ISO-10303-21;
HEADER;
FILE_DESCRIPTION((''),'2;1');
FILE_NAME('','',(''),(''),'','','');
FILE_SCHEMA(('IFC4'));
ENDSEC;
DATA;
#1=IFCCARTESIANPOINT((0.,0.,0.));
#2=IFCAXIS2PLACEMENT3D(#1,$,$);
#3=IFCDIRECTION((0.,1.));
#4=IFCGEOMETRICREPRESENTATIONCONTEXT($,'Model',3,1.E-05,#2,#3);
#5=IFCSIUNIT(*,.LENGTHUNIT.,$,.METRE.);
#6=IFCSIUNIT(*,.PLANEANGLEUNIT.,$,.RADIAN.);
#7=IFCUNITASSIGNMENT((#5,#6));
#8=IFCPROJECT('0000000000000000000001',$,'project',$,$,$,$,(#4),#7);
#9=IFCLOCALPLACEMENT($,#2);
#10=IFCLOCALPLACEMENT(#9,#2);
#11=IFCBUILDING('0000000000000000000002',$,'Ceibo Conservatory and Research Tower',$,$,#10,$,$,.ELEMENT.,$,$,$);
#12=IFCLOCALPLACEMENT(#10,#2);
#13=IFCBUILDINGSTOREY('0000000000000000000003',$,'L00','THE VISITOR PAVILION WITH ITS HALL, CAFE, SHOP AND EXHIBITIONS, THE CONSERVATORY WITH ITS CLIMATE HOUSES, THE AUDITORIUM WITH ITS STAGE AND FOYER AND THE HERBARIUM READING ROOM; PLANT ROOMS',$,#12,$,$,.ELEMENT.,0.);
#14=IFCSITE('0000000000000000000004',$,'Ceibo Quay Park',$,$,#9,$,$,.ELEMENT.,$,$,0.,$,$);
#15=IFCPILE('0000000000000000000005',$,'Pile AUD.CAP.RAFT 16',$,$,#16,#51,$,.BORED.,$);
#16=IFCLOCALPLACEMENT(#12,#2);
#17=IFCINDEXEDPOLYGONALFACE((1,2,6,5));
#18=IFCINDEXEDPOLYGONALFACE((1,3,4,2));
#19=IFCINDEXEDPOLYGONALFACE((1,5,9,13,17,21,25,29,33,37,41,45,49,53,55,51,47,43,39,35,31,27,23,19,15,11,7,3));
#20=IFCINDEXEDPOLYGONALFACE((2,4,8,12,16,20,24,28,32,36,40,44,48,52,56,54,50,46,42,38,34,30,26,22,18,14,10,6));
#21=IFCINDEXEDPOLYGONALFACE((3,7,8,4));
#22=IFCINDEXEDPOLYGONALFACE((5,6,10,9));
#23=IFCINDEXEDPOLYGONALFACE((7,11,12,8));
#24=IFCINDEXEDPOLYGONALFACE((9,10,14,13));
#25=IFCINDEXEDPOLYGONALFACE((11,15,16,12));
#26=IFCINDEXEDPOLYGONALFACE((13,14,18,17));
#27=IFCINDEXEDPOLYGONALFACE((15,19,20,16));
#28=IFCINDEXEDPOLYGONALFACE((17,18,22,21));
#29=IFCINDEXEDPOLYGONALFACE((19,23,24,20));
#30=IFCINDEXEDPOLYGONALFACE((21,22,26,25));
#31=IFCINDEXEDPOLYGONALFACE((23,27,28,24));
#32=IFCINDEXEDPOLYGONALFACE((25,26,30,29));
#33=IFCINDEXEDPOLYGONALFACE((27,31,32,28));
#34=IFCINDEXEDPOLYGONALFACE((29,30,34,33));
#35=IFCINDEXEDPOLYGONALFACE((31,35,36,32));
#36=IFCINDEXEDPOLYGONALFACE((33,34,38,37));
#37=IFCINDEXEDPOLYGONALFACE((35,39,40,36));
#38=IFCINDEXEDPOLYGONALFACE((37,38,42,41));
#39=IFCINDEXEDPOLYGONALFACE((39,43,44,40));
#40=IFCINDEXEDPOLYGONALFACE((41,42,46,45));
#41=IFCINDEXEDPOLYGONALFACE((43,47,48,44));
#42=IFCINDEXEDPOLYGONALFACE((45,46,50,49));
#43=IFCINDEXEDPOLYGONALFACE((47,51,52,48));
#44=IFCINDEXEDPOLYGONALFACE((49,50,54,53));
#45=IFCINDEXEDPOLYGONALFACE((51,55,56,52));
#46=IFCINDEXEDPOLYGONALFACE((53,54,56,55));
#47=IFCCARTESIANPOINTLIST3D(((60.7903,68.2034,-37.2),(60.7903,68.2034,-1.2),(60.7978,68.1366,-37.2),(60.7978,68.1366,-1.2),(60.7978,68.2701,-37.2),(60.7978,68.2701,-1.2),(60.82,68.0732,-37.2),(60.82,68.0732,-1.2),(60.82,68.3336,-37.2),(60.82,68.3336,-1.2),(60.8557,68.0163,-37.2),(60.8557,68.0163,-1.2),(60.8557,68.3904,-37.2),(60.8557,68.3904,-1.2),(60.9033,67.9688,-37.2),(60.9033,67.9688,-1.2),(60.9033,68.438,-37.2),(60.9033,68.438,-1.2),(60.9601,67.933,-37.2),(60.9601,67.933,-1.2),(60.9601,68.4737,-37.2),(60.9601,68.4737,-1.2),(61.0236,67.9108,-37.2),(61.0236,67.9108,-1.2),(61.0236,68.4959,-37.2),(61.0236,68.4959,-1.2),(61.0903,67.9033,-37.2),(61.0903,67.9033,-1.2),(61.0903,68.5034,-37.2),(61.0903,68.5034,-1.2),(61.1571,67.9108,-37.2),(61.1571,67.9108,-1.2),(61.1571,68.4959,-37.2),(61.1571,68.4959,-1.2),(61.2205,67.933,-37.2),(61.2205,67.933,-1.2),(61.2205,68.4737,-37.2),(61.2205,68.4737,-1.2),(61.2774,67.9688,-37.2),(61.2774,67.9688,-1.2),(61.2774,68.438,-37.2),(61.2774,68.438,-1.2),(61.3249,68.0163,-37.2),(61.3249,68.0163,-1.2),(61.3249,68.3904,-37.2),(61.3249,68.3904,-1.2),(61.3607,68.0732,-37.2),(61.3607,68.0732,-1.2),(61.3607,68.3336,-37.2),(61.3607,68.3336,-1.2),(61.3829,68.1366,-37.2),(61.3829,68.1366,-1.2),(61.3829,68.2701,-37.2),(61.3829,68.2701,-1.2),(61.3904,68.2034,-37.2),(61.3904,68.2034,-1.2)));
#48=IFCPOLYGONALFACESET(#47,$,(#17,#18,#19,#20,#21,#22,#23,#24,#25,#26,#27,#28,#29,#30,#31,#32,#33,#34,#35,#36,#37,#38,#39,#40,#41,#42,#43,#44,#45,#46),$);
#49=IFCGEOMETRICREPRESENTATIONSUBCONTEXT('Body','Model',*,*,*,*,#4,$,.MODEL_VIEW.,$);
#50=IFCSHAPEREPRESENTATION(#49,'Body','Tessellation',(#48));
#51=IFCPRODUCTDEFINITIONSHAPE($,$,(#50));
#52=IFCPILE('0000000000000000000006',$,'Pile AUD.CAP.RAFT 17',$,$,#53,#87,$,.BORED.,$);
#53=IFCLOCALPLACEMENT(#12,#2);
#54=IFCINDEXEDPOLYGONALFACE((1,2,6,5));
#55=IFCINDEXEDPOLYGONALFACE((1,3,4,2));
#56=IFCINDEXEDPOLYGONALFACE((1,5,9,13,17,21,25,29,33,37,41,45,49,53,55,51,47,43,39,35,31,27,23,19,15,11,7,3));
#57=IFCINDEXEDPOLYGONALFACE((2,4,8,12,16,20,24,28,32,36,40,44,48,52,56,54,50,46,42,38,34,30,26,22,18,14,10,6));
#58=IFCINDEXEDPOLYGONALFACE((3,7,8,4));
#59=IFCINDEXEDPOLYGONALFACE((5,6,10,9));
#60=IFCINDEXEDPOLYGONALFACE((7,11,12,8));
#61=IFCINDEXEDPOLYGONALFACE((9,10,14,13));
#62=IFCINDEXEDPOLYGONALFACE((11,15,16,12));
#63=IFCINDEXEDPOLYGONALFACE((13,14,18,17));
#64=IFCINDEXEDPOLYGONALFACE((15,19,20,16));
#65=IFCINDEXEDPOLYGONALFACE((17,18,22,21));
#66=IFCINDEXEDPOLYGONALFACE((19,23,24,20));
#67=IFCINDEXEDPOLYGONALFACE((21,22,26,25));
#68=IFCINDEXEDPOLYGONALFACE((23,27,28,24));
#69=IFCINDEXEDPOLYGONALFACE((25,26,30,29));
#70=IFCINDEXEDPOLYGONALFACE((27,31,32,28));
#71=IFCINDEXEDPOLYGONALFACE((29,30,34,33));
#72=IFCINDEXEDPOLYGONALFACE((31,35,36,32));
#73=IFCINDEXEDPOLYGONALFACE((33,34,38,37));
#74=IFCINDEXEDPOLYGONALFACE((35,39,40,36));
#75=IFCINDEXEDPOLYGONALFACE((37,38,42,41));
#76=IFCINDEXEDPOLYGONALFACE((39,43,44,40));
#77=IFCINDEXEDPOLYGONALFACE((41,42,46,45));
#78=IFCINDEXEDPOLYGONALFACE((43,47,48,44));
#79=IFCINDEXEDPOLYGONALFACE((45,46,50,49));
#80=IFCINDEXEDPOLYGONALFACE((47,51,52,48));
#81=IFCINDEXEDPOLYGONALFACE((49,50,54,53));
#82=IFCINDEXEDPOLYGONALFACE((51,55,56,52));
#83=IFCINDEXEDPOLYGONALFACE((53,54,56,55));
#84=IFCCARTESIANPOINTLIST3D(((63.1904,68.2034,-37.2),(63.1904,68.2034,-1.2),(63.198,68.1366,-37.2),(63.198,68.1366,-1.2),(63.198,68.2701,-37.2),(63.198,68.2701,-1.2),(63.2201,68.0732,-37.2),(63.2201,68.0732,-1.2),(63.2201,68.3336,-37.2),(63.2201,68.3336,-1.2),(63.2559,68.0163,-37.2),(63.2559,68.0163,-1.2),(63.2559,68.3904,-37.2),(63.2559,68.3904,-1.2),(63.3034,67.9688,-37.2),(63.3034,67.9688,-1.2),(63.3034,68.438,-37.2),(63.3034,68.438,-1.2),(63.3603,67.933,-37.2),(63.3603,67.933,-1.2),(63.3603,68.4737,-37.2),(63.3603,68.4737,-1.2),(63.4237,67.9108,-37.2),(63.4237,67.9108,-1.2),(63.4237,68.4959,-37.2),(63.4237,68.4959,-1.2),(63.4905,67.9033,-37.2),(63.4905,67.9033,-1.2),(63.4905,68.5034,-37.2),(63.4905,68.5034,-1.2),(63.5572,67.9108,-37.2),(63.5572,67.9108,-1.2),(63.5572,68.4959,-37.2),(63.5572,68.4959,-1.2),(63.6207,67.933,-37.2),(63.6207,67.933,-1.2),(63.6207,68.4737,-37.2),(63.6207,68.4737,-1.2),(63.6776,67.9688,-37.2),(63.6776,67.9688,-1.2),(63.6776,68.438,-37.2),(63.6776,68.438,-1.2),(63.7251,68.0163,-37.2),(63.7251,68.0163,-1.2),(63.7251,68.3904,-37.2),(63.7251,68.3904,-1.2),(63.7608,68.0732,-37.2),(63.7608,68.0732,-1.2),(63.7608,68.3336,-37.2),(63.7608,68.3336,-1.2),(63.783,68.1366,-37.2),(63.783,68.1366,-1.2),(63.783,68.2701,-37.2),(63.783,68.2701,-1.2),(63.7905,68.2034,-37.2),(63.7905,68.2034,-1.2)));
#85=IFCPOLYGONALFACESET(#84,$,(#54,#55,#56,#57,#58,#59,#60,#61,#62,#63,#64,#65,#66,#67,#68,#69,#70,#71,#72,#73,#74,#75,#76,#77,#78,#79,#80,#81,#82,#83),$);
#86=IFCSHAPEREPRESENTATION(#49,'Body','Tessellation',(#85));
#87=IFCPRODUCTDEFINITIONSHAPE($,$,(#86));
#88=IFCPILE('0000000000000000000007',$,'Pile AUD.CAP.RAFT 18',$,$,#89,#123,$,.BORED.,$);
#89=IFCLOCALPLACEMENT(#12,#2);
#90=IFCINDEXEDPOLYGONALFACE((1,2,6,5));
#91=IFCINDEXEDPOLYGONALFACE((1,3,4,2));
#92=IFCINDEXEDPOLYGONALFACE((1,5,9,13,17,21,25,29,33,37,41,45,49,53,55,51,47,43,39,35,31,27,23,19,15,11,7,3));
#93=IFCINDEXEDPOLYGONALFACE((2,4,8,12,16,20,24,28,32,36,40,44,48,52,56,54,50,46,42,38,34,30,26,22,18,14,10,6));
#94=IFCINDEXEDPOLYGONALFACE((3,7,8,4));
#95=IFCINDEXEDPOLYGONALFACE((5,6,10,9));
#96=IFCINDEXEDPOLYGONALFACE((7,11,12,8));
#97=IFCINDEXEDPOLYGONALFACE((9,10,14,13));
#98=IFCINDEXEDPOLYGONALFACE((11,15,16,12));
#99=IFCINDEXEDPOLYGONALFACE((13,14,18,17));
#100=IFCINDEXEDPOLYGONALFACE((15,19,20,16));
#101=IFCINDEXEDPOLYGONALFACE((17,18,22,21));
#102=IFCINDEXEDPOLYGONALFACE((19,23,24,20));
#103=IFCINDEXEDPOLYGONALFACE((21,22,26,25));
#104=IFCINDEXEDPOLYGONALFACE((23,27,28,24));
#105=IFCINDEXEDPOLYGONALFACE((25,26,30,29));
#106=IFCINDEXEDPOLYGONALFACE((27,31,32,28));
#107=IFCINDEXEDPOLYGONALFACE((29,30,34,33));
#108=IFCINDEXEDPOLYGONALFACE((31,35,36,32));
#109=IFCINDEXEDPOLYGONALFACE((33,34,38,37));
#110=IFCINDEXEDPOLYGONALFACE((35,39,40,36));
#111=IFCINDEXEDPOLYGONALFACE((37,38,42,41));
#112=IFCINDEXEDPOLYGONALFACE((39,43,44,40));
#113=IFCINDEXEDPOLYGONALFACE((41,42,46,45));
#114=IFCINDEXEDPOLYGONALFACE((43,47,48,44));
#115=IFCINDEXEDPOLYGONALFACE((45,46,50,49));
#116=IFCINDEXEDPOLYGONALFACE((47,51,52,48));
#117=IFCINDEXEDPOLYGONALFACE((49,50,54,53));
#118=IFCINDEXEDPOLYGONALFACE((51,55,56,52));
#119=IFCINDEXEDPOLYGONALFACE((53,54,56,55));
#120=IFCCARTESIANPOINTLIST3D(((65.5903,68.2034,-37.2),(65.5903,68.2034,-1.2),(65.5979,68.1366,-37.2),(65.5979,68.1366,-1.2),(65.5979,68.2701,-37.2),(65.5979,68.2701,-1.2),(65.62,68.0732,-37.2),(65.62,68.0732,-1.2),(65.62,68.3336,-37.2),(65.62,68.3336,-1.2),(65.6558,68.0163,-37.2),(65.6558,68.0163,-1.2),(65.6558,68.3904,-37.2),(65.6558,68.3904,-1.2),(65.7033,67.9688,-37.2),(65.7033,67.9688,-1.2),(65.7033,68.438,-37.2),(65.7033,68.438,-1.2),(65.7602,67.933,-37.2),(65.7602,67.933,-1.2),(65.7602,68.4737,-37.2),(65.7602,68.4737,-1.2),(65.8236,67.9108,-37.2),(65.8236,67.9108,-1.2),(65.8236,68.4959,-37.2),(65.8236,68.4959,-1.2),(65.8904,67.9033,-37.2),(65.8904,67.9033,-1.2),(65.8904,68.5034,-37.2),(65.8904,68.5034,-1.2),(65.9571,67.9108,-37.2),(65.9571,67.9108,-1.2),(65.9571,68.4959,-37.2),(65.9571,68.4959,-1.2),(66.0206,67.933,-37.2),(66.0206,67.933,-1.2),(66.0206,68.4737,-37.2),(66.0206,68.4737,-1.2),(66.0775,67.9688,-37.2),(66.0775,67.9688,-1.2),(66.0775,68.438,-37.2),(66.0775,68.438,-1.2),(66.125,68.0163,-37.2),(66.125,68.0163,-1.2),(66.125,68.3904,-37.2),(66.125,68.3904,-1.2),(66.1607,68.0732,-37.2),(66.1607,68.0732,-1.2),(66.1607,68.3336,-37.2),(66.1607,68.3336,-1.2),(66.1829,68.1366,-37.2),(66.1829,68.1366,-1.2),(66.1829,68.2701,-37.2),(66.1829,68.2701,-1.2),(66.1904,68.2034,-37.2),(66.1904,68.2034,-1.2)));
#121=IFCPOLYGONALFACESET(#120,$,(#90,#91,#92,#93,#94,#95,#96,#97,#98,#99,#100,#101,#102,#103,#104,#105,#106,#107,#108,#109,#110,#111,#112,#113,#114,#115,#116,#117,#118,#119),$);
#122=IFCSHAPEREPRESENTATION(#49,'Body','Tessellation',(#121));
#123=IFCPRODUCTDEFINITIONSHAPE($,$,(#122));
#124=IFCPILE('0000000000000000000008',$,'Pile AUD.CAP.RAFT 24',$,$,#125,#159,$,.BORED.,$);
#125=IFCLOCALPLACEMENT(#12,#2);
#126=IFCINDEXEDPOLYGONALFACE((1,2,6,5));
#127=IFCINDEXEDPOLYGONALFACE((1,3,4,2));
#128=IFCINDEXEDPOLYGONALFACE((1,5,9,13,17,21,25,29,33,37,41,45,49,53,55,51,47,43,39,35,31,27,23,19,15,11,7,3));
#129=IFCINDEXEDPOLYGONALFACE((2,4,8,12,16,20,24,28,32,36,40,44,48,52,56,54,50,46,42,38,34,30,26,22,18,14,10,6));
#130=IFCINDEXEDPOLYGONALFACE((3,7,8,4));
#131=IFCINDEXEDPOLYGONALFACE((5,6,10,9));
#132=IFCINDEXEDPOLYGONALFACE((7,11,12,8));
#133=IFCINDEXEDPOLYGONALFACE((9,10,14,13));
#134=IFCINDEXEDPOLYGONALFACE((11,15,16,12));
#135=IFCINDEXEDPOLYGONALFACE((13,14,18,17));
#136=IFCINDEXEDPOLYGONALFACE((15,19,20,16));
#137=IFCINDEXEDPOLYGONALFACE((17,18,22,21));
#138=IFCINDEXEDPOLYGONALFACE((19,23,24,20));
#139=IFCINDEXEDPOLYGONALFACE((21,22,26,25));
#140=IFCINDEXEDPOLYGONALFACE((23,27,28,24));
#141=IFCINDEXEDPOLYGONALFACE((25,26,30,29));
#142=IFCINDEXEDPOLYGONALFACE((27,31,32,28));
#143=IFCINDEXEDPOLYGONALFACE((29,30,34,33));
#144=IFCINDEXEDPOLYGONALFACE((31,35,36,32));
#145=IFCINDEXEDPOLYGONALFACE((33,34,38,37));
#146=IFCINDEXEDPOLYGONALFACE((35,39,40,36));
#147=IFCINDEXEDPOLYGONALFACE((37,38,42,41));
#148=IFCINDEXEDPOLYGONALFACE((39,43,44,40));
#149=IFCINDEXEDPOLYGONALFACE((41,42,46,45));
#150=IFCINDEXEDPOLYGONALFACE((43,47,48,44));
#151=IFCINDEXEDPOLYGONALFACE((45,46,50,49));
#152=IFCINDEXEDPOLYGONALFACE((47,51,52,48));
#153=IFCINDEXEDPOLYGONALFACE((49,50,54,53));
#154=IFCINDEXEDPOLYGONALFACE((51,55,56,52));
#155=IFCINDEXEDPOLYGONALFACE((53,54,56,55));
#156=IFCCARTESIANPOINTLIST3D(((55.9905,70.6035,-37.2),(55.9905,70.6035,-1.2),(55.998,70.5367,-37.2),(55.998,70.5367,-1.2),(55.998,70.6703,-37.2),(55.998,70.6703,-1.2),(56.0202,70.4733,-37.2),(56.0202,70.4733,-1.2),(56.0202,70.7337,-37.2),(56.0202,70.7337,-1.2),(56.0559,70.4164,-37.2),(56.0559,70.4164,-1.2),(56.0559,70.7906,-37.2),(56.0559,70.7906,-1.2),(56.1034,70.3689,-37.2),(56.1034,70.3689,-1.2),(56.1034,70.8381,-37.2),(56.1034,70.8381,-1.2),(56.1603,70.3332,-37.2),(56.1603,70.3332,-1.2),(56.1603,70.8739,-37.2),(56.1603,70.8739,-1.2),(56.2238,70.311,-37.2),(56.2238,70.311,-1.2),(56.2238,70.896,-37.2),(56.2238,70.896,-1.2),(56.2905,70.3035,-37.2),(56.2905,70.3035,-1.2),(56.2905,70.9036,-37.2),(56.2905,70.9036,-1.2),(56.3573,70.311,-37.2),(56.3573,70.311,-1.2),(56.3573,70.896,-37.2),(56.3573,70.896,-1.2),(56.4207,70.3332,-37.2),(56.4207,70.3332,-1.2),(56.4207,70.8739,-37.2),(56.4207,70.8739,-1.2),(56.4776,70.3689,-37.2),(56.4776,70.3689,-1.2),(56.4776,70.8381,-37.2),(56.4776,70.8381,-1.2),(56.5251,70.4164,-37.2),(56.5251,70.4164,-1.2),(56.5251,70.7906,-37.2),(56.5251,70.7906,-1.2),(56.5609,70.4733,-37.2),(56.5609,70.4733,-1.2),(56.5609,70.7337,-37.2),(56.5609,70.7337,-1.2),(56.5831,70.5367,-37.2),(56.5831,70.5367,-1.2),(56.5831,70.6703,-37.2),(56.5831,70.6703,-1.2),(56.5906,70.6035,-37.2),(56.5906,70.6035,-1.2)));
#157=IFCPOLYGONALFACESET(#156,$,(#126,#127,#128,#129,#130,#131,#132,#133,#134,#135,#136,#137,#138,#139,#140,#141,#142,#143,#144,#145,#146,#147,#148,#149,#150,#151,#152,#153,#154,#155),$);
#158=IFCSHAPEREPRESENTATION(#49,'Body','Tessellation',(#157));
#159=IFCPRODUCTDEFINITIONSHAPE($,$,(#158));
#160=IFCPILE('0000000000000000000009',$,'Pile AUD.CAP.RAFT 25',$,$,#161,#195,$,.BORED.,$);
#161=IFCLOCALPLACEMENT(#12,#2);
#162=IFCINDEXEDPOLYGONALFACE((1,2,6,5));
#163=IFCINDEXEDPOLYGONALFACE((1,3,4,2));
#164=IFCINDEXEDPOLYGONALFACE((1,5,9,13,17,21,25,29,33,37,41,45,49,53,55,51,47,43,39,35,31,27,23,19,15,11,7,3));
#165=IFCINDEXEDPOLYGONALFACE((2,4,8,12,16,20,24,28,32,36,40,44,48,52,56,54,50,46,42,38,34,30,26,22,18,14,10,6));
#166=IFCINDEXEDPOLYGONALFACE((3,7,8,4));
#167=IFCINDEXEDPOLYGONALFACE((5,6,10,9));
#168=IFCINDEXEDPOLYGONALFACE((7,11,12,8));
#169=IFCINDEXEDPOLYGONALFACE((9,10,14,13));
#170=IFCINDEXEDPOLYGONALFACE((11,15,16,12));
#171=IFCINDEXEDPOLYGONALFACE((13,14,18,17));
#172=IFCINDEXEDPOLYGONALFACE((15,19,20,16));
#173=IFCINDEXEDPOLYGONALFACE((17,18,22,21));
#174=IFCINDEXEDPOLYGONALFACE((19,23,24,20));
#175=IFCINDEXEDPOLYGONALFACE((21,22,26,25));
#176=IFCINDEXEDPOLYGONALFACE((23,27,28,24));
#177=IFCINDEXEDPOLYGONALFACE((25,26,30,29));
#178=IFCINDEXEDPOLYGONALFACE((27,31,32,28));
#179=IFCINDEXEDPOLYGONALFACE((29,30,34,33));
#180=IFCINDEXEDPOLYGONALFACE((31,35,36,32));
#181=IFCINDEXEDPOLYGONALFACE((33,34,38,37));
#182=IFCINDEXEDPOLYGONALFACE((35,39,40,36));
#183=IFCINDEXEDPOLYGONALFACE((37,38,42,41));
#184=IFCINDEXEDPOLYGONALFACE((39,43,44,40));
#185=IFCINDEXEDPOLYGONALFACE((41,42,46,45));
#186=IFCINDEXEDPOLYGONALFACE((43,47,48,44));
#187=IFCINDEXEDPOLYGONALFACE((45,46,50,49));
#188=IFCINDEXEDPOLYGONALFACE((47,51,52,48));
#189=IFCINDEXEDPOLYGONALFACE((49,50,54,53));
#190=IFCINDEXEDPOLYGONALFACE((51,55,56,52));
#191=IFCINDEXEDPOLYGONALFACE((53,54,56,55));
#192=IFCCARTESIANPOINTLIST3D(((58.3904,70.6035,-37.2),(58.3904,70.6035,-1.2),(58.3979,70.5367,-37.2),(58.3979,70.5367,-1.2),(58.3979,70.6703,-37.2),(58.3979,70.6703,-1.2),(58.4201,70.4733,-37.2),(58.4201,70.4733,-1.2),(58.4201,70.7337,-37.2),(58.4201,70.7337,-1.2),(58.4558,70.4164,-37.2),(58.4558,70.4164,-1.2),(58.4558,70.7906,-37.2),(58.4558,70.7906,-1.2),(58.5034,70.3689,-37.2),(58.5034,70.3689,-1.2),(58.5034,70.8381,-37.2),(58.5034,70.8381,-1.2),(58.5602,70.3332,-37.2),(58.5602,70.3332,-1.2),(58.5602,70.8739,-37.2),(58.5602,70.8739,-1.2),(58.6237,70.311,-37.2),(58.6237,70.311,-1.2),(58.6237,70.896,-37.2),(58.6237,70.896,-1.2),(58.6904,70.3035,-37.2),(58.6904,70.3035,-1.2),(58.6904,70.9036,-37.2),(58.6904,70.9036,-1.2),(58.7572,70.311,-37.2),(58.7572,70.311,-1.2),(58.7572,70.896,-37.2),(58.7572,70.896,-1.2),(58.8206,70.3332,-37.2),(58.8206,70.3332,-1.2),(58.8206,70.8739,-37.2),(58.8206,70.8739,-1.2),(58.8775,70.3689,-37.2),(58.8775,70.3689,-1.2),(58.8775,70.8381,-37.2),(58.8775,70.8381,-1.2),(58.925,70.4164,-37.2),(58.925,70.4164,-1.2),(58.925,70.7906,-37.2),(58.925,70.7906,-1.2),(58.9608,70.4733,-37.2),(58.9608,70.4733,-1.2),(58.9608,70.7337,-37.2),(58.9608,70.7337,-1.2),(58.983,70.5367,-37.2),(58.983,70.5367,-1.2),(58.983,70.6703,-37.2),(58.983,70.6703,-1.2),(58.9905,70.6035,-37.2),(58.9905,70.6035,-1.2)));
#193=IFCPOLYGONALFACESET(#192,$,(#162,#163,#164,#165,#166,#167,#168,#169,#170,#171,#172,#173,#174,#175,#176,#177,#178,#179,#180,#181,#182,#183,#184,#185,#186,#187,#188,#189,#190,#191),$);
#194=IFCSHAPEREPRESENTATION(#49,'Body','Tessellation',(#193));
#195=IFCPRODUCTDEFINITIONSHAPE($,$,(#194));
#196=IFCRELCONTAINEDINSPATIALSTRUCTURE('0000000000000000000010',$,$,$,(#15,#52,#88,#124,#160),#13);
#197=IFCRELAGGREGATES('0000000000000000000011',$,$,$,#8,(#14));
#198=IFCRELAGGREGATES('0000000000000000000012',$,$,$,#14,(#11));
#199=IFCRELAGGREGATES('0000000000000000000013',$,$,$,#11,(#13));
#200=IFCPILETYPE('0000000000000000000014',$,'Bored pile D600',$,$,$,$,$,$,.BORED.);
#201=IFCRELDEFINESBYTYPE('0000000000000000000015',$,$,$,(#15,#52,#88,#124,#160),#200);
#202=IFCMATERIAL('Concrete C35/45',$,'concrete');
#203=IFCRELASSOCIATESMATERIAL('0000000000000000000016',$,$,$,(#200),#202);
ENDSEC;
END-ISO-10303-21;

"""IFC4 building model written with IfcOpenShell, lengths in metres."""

from ifc_helpers import new_model, si_unit, direction, frame, origin, origin_2d, place, context, subcontext, project, spatial, circle, extrude, material, material_profile, profile_set, type_object, element, save


model = new_model("IFC4")

# Units and contexts
model_context = context("Model", 3, precision=1e-05, world=origin(), true_north=direction((0.0, 1.0)))
body_context = subcontext(model_context, "Body", "Model", "MODEL_VIEW")
ifc_project = project(units=[si_unit("LENGTHUNIT", "METRE"), si_unit("PLANEANGLEUNIT", "RADIAN")], contexts=[model_context])

# Site, building, storey
site_placement = place(None, origin())
site = spatial("IfcSite", under=ifc_project, at=site_placement, Name="Ceibo Quay Park", CompositionType="ELEMENT", RefElevation=0.0)
building_placement = place(site_placement, origin())
building = spatial("IfcBuilding", under=site, at=building_placement, Name="Ceibo Conservatory and Research Tower", CompositionType="ELEMENT")
storey_placement = place(building_placement, origin())
storey = spatial("IfcBuildingStorey", under=building, at=storey_placement, Name="L00", Description="THE VISITOR PAVILION WITH ITS HALL, CAFE, SHOP AND EXHIBITIONS, THE CONSERVATORY WITH ITS CLIMATE HOUSES, THE AUDITORIUM WITH ITS STAGE AND FOYER AND THE HERBARIUM READING ROOM; PLANT ROOMS", CompositionType="ELEMENT", Elevation=0.0)

# Piles
ifc_material_1 = material(Name="Concrete C35/45", Category="concrete")
ifc_material_profile_1 = material_profile(ifc_material_1, circle(Radius=0.3, at=origin_2d()), Name="RC D600")
ifc_profile_set_1 = profile_set([ifc_material_profile_1], Name="Concrete C35/45")
pile_type = type_object("IfcPileType", Name="Bored pile D600", PredefinedType="BORED", material=ifc_profile_set_1)
for number, where, z_axis, x_axis, name in (
    (1, (61.0903, 68.2034, -1.2), (0.0, 0.0, -1.0), (1.0, 0.0, 0.0), "Pile AUD.CAP.RAFT 16"),
    (2, (63.4905, 68.2034, -1.2), (0.0, 0.0, -1.0), (1.0, 0.0, 0.0), "Pile AUD.CAP.RAFT 17"),
    (3, (65.8904, 68.2034, -1.2), (0.0, 0.0, -1.0), (1.0, 0.0, 0.0), "Pile AUD.CAP.RAFT 18"),
    (4, (56.2905, 70.6035, -1.2), (0.0, 0.0, -1.0), (1.0, 0.0, 0.0), "Pile AUD.CAP.RAFT 24"),
    (5, (58.6904, 70.6035, -1.2), (0.0, 0.0, -1.0), (1.0, 0.0, 0.0), "Pile AUD.CAP.RAFT 25"),
):
    element("IfcPile", number, at=place(storey_placement, frame(where, z_axis=z_axis, x_axis=x_axis)), inside=storey, type_object=pile_type, Name=name, PredefinedType="BORED", context=body_context, shape_type="SweptSolid", body=[
        extrude(circle(Radius=0.3, at=origin_2d()), origin(), (0.0, 0.0, 1.0), 36.0),
    ])

save(model, "model.ifc")
